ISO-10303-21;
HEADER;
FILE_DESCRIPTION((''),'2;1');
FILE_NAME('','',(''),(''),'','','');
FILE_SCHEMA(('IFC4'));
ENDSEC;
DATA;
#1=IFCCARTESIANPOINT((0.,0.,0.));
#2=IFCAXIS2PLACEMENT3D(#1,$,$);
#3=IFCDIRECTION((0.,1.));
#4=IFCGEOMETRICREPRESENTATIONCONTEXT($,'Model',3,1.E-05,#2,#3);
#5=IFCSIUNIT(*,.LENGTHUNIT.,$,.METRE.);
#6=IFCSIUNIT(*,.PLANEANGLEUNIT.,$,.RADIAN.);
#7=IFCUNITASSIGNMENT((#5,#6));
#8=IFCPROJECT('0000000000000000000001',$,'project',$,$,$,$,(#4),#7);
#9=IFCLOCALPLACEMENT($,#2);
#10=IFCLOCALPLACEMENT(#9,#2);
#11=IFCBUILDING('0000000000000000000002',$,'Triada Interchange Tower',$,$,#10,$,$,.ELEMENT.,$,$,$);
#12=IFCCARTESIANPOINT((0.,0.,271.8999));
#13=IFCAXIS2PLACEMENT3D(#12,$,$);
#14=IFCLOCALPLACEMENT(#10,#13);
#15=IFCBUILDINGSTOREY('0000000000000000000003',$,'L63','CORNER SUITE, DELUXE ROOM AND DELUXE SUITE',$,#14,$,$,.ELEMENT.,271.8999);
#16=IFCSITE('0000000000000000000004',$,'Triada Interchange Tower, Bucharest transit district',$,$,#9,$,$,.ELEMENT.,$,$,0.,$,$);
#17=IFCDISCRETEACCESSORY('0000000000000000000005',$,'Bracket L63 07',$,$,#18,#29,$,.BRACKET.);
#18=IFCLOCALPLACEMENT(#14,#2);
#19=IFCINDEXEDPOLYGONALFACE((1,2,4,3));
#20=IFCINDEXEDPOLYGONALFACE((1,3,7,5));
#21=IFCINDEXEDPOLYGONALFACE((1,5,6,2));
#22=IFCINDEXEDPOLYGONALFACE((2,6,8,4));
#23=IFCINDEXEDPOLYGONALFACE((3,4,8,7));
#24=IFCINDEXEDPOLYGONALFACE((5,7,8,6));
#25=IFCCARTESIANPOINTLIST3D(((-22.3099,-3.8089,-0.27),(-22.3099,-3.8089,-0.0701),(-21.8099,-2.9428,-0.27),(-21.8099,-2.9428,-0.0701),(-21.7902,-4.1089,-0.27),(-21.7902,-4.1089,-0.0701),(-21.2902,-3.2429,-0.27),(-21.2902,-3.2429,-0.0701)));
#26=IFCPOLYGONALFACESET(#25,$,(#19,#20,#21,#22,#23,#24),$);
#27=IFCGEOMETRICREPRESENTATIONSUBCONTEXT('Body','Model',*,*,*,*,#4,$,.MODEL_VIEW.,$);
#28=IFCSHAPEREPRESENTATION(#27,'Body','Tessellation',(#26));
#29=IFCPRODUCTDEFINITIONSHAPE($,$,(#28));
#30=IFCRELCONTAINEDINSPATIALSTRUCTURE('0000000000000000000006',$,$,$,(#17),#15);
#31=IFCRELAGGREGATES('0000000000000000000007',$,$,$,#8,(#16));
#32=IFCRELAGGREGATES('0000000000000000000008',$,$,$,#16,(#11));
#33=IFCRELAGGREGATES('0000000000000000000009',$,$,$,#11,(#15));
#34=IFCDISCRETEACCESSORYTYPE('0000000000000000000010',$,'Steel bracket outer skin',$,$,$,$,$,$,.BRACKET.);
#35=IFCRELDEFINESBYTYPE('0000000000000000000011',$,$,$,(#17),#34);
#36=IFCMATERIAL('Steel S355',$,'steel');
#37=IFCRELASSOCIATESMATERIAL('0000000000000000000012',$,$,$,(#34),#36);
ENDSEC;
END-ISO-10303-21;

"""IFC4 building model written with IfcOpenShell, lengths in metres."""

from ifc_helpers import new_model, si_unit, direction, frame, origin, origin_2d, place, context, subcontext, project, spatial, rectangle, extrude, material, type_object, element, save


model = new_model("IFC4")

# Units and contexts
model_context = context("Model", 3, precision=1e-05, world=origin(), true_north=direction((0.0, 1.0)))
body_context = subcontext(model_context, "Body", "Model", "MODEL_VIEW")
ifc_project = project(units=[si_unit("LENGTHUNIT", "METRE"), si_unit("PLANEANGLEUNIT", "RADIAN")], contexts=[model_context])

# Site, building, storey
site_placement = place(None, origin())
site = spatial("IfcSite", under=ifc_project, at=site_placement, Name="Triada Interchange Tower, Bucharest transit district", CompositionType="ELEMENT", RefElevation=0.0)
building_placement = place(site_placement, origin())
building = spatial("IfcBuilding", under=site, at=building_placement, Name="Triada Interchange Tower", CompositionType="ELEMENT")
storey_placement = place(building_placement, frame((0.0, 0.0, 271.8999)))
storey = spatial("IfcBuildingStorey", under=building, at=storey_placement, Name="L63", Description="CORNER SUITE, DELUXE ROOM AND DELUXE SUITE", CompositionType="ELEMENT", Elevation=271.8999)

# Discrete accessory
ifc_material_1 = material(Name="Steel S355", Category="steel")
discrete_accessory_type = type_object("IfcDiscreteAccessoryType", Name="Steel bracket outer skin", PredefinedType="BRACKET", material=ifc_material_1)
discrete_accessory_placement = place(storey_placement, frame((-21.8, -3.5259, -0.27), z_axis=(0.0, 0.0, 1.0), x_axis=(-0.866029, 0.499994, 0.0)))
element("IfcDiscreteAccessory", 1, at=discrete_accessory_placement, inside=storey, type_object=discrete_accessory_type, Name="Bracket L63 07", PredefinedType="BRACKET", context=body_context, shape_type="SweptSolid", body=[
    extrude(rectangle(XDim=0.6001, YDim=1.0, at=origin_2d()), origin(), (0.0, 0.0, 1.0), 0.2),
])

save(model, "model.ifc")
